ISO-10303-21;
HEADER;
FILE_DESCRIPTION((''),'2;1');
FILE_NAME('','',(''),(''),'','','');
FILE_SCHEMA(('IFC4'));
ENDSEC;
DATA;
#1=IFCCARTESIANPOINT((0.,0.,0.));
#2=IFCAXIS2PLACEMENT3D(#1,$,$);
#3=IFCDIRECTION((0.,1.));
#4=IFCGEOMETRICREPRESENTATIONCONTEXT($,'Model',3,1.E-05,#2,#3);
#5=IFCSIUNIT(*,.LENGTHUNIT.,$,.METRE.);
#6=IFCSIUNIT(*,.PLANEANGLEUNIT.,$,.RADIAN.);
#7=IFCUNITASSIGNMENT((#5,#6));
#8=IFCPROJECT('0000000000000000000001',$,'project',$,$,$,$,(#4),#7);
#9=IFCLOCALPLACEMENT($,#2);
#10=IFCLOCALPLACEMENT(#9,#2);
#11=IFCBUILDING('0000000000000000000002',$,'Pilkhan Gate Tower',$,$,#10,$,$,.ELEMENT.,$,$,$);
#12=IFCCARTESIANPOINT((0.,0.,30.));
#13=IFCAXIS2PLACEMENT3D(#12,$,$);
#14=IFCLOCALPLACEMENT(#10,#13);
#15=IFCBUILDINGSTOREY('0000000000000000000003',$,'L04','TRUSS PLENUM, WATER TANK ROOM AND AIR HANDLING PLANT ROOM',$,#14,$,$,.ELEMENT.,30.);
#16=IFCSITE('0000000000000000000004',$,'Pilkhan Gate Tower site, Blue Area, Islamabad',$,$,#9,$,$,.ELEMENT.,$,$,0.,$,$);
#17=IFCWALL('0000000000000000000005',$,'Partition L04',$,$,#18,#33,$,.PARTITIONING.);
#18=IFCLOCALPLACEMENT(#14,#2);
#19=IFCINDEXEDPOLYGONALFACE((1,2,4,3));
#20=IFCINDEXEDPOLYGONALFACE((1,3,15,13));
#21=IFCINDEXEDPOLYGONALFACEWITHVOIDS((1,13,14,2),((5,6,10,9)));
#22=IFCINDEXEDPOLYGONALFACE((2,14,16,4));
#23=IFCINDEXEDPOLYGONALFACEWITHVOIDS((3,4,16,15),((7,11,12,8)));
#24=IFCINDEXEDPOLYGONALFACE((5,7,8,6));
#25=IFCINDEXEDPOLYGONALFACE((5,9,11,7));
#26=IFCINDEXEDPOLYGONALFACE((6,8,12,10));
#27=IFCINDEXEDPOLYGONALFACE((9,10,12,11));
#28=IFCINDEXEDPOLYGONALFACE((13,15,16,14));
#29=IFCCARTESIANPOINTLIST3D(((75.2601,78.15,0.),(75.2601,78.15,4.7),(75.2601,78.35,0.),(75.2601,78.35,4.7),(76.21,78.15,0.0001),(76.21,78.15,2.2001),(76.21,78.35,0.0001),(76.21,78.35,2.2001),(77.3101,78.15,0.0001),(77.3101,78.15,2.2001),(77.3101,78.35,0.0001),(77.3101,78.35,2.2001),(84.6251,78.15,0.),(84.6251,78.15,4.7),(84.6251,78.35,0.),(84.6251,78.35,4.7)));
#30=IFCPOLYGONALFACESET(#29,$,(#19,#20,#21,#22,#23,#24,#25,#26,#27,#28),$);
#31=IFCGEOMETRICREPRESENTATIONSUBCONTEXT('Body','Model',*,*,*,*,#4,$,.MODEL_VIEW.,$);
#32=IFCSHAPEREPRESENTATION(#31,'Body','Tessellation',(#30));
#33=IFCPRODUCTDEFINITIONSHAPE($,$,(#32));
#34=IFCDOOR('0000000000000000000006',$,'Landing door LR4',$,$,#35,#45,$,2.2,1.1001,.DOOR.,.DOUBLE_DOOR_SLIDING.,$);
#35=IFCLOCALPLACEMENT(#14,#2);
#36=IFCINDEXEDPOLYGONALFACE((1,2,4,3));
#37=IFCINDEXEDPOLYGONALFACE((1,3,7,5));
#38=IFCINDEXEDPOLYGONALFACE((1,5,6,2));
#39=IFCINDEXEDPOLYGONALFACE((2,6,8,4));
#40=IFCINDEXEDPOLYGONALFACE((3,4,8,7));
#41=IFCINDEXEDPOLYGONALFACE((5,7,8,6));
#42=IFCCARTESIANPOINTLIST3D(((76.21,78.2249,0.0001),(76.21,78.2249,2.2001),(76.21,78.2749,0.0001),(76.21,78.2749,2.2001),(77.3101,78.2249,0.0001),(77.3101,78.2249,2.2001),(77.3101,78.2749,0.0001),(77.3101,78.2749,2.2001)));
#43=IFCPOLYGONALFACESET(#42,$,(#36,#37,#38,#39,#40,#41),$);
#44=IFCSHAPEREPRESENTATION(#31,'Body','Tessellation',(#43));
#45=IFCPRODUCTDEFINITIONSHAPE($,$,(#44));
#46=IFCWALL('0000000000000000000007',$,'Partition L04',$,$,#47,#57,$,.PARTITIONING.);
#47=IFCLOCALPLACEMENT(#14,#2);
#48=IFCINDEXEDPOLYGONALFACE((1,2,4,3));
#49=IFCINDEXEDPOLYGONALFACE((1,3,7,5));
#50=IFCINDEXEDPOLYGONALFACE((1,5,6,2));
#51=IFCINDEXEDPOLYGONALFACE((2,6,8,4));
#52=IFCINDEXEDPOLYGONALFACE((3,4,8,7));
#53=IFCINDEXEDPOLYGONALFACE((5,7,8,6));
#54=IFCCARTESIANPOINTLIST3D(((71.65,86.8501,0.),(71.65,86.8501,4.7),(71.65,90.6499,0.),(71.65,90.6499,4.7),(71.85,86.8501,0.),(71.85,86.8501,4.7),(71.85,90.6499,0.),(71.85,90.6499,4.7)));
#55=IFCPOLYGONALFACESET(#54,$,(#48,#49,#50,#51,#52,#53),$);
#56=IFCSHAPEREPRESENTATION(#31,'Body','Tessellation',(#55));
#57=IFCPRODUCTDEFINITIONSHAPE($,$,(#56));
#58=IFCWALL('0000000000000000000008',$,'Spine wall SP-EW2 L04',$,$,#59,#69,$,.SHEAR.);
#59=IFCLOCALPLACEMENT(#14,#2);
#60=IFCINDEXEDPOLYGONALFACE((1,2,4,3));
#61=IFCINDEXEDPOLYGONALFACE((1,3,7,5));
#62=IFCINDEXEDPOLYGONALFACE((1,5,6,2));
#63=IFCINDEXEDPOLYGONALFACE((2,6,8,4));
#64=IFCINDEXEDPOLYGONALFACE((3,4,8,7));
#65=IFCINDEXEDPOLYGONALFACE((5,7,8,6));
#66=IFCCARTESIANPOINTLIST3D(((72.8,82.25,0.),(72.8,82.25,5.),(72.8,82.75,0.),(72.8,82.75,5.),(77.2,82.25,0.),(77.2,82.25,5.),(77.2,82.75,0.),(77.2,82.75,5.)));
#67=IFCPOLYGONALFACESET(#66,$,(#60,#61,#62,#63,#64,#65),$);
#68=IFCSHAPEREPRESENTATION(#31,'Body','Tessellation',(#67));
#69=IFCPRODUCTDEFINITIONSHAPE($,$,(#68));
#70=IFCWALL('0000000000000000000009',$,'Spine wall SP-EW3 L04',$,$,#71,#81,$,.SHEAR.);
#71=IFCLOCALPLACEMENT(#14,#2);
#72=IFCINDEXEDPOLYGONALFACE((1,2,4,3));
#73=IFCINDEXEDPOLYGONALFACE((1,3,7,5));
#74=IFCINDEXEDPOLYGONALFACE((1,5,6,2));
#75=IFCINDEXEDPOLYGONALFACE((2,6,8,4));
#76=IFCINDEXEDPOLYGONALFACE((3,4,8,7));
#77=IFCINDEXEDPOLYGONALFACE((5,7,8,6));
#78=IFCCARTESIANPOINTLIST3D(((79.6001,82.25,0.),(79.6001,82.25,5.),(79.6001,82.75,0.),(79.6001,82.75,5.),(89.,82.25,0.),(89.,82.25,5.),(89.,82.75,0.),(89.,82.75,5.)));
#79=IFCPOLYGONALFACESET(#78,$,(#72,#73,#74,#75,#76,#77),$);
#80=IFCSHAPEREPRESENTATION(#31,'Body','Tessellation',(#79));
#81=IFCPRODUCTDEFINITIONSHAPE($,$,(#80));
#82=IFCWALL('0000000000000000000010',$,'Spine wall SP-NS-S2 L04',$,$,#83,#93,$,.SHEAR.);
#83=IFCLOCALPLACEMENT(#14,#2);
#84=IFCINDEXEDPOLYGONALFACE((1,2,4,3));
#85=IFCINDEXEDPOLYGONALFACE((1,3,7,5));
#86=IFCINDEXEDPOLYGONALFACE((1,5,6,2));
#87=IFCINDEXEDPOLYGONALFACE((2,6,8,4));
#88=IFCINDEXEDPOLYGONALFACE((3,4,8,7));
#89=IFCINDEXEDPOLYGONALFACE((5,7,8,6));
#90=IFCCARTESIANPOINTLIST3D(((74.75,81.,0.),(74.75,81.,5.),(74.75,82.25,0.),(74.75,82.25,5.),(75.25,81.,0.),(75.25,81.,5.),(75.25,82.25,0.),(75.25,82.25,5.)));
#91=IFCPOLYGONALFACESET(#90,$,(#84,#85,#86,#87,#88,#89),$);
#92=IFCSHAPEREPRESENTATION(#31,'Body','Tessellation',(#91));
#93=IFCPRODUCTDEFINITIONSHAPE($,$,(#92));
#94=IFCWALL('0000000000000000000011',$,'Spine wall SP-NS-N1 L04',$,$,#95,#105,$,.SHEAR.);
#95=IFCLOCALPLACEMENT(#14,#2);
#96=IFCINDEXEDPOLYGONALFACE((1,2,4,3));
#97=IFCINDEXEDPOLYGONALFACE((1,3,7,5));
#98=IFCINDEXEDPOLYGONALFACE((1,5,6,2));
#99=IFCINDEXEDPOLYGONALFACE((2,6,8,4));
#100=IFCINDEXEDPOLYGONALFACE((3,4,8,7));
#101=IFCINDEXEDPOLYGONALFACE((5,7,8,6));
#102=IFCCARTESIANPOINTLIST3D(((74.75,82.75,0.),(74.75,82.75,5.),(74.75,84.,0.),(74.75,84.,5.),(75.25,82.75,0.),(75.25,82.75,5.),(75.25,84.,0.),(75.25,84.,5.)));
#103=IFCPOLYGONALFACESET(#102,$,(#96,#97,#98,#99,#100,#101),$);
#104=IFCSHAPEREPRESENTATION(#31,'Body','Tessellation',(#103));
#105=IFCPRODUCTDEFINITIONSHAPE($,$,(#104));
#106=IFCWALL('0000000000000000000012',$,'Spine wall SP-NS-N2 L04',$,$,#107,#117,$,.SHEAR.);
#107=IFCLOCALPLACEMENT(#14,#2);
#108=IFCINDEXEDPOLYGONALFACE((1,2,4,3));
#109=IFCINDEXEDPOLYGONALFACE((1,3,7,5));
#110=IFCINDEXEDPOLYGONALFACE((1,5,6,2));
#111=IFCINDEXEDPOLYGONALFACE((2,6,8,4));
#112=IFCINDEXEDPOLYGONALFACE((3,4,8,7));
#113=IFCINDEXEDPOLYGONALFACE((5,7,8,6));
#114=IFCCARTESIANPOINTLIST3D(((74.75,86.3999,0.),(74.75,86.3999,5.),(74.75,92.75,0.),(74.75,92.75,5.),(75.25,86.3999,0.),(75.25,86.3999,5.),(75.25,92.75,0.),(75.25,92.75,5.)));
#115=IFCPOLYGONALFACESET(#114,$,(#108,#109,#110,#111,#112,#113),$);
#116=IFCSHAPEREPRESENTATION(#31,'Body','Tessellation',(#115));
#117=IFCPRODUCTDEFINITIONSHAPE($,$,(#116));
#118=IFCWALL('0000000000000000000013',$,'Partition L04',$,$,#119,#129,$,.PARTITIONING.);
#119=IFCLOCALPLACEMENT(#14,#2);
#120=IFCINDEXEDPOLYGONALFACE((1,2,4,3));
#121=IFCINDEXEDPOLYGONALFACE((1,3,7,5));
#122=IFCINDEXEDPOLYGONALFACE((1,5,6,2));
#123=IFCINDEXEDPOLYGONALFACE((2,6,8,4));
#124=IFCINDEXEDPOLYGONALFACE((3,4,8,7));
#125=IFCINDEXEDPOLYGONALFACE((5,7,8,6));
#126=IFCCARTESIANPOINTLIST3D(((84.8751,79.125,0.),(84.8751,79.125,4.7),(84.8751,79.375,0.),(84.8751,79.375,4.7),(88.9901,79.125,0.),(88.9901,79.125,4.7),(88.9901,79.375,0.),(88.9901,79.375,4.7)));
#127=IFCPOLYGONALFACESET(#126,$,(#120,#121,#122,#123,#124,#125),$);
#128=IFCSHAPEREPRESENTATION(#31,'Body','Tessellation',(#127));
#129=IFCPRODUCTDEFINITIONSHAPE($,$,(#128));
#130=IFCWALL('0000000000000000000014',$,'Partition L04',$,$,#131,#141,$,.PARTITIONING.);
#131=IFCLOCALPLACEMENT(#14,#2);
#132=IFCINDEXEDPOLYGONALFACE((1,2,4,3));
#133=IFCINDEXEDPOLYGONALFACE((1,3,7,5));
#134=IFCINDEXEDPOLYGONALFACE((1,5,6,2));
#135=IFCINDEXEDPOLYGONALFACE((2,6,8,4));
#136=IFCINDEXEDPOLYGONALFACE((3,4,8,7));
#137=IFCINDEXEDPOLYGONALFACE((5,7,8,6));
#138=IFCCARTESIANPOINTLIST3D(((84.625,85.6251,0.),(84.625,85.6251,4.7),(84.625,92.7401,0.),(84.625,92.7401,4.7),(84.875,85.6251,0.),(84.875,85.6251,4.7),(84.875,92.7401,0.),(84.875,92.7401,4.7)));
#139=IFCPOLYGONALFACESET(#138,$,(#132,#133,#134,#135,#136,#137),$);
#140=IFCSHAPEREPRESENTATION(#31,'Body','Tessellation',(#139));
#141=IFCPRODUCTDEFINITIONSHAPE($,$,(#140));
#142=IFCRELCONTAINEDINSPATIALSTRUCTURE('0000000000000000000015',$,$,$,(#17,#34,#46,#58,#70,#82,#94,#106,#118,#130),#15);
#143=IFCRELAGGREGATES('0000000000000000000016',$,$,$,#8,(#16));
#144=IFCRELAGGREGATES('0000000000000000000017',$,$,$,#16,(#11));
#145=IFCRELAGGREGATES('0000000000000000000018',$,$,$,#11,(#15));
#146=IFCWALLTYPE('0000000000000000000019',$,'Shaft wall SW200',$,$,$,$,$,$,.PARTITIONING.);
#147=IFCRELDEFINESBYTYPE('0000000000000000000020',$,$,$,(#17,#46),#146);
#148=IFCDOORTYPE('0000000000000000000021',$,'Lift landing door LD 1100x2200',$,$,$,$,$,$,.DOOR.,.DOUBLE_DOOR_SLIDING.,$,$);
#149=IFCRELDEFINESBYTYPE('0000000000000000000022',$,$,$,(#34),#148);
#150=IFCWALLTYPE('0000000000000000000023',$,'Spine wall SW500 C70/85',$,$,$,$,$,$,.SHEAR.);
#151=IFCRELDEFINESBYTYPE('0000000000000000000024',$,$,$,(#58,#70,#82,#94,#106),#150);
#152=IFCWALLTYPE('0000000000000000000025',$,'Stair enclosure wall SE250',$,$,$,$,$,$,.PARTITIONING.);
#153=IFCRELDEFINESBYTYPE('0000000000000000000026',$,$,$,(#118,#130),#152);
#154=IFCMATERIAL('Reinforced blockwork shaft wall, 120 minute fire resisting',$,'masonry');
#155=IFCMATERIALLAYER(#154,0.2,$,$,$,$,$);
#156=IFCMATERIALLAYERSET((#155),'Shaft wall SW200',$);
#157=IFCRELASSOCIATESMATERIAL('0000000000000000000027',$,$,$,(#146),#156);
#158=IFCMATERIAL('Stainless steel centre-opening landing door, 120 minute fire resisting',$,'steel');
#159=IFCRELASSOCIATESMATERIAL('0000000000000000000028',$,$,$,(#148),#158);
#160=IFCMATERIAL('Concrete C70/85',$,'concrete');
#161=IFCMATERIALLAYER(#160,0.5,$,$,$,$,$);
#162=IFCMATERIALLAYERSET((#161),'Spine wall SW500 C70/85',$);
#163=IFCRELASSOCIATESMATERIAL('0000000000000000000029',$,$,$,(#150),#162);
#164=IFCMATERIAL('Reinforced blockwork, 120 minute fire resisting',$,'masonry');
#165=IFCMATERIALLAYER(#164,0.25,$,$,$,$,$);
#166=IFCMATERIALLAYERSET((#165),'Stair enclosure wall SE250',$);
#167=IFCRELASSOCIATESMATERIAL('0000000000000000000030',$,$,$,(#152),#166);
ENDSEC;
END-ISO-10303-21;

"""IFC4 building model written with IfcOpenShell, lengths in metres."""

from ifc_helpers import new_model, si_unit, direction, frame, frame_2d, origin, place, context, subcontext, project, spatial, rectangle, extrude, material, layer, layer_set, type_object, element, fill, save


model = new_model("IFC4")

# Units and contexts
model_context = context("Model", 3, precision=1e-05, world=origin(), true_north=direction((0.0, 1.0)))
body_context = subcontext(model_context, "Body", "Model", "MODEL_VIEW")
ifc_project = project(units=[si_unit("LENGTHUNIT", "METRE"), si_unit("PLANEANGLEUNIT", "RADIAN")], contexts=[model_context])

# Site, building, storey
site_placement = place(None, origin())
site = spatial("IfcSite", under=ifc_project, at=site_placement, Name="Pilkhan Gate Tower site, Blue Area, Islamabad", CompositionType="ELEMENT", RefElevation=0.0)
building_placement = place(site_placement, origin())
building = spatial("IfcBuilding", under=site, at=building_placement, Name="Pilkhan Gate Tower", CompositionType="ELEMENT")
storey_placement = place(building_placement, frame((0.0, 0.0, 30.0)))
storey = spatial("IfcBuildingStorey", under=building, at=storey_placement, Name="L04", Description="TRUSS PLENUM, WATER TANK ROOM AND AIR HANDLING PLANT ROOM", CompositionType="ELEMENT", Elevation=30.0)

# Shared definitions
ifc_material_1 = material(Name="Concrete C70/85", Category="concrete")

# Wall, opening, door
ifc_material_2 = material(Name="Reinforced blockwork shaft wall, 120 minute fire resisting", Category="masonry")
ifc_layer_1 = layer(ifc_material_2, 0.2)
ifc_layer_set_1 = layer_set([ifc_layer_1], Name="Shaft wall SW200")
wall_type_1 = type_object("IfcWallType", Name="Shaft wall SW200", PredefinedType="PARTITIONING", material=ifc_layer_set_1)
wall_1_placement = place(storey_placement, frame((75.26, 78.25, 0.0), z_axis=(0.0, 0.0, 1.0), x_axis=(1.0, 0.0, 0.0)))
wall_1 = element("IfcWall", 1, at=wall_1_placement, inside=storey, type_object=wall_type_1, Name="Partition L04", PredefinedType="PARTITIONING", context=body_context, shape_type="SweptSolid", body=[
    extrude(rectangle(XDim=9.365, YDim=0.2, at=frame_2d((4.6826, 0.0))), origin(), (0.0, 0.0, 1.0), 4.7),
])
opening_1_placement = place(wall_1_placement, frame((0.95, 0.0, 0.0)))
opening_1 = element("IfcOpeningElement", 2, at=opening_1_placement, cuts=wall_1, PredefinedType="OPENING", context=body_context, shape_type="SweptSolid", body=[
    extrude(rectangle(XDim=1.1001, YDim=2.2, at=frame_2d((0.55, 1.1001))), frame((0.0, 0.1099, 0.0), z_axis=(0.0, -1.0, 0.0), x_axis=(1.0, 0.0, 0.0)), (0.0, 0.0, 1.0), 0.22),
])
ifc_material_3 = material(Name="Stainless steel centre-opening landing door, 120 minute fire resisting", Category="steel")
door_type_1 = type_object("IfcDoorType", Name="Lift landing door LD 1100x2200", OperationType="DOUBLE_DOOR_SLIDING", PredefinedType="DOOR", material=ifc_material_3)
door_1_placement = place(opening_1_placement, origin())
door_1 = element("IfcDoor", 3, at=door_1_placement, inside=storey, type_object=door_type_1, Name="Landing door LR4", OperationType="DOUBLE_DOOR_SLIDING", OverallHeight=2.2, OverallWidth=1.1001, PredefinedType="DOOR", context=body_context, shape_type="SweptSolid", body=[
    extrude(rectangle(XDim=1.1001, YDim=2.2, at=frame_2d((0.55, 1.1001))), frame((0.0, 0.0249, 0.0), z_axis=(0.0, -1.0, 0.0), x_axis=(1.0, 0.0, 0.0)), (0.0, 0.0, 1.0), 0.05),
])
fill(opening_1, door_1)

# Walls
wall_2_placement = place(storey_placement, frame((71.75, 86.8501, 0.0), z_axis=(0.0, 0.0, 1.0), x_axis=(0.0, 1.0, 0.0)))
element("IfcWall", 4, at=wall_2_placement, inside=storey, type_object=wall_type_1, Name="Partition L04", PredefinedType="PARTITIONING", context=body_context, shape_type="SweptSolid", body=[
    extrude(rectangle(XDim=3.7998, YDim=0.2, at=frame_2d((1.8999, 0.0))), origin(), (0.0, 0.0, 1.0), 4.7),
])
ifc_layer_2 = layer(ifc_material_1, 0.5)
ifc_layer_set_2 = layer_set([ifc_layer_2], Name="Spine wall SW500 C70/85")
wall_type_2 = type_object("IfcWallType", Name="Spine wall SW500 C70/85", PredefinedType="SHEAR", material=ifc_layer_set_2)
wall_3_placement = place(storey_placement, frame((72.8, 82.5, 0.0), z_axis=(0.0, 0.0, 1.0), x_axis=(1.0, 0.0, 0.0)))
element("IfcWall", 5, at=wall_3_placement, inside=storey, type_object=wall_type_2, Name="Spine wall SP-EW2 L04", PredefinedType="SHEAR", context=body_context, shape_type="SweptSolid", body=[
    extrude(rectangle(XDim=4.3999, YDim=0.5, at=frame_2d((2.2, 0.0))), origin(), (0.0, 0.0, 1.0), 5.0),
])
wall_4_placement = place(storey_placement, frame((79.6001, 82.5, 0.0), z_axis=(0.0, 0.0, 1.0), x_axis=(1.0, 0.0, 0.0)))
element("IfcWall", 6, at=wall_4_placement, inside=storey, type_object=wall_type_2, Name="Spine wall SP-EW3 L04", PredefinedType="SHEAR", context=body_context, shape_type="SweptSolid", body=[
    extrude(rectangle(XDim=9.3999, YDim=0.5, at=frame_2d((4.7, 0.0))), origin(), (0.0, 0.0, 1.0), 5.0),
])
for number, where, z_axis, x_axis, name in (
    (7, (75.0, 81.0, 0.0), (0.0, 0.0, 1.0), (0.0, 1.0, 0.0), "Spine wall SP-NS-S2 L04"),
    (8, (75.0, 82.75, 0.0), (0.0, 0.0, 1.0), (0.0, 1.0, 0.0), "Spine wall SP-NS-N1 L04"),
):
    element("IfcWall", number, at=place(storey_placement, frame(where, z_axis=z_axis, x_axis=x_axis)), inside=storey, type_object=wall_type_2, Name=name, PredefinedType="SHEAR", context=body_context, shape_type="SweptSolid", body=[
        extrude(rectangle(XDim=1.25, YDim=0.5, at=frame_2d((0.625, 0.0))), origin(), (0.0, 0.0, 1.0), 5.0),
    ])
wall_5_placement = place(storey_placement, frame((75.0, 86.3999, 0.0), z_axis=(0.0, 0.0, 1.0), x_axis=(0.0, 1.0, 0.0)))
element("IfcWall", 9, at=wall_5_placement, inside=storey, type_object=wall_type_2, Name="Spine wall SP-NS-N2 L04", PredefinedType="SHEAR", context=body_context, shape_type="SweptSolid", body=[
    extrude(rectangle(XDim=6.3501, YDim=0.5, at=frame_2d((3.175, 0.0))), origin(), (0.0, 0.0, 1.0), 5.0),
])
ifc_material_4 = material(Name="Reinforced blockwork, 120 minute fire resisting", Category="masonry")
ifc_layer_3 = layer(ifc_material_4, 0.25)
ifc_layer_set_3 = layer_set([ifc_layer_3], Name="Stair enclosure wall SE250")
wall_type_3 = type_object("IfcWallType", Name="Stair enclosure wall SE250", PredefinedType="PARTITIONING", material=ifc_layer_set_3)
wall_6_placement = place(storey_placement, frame((84.875, 79.25, 0.0), z_axis=(0.0, 0.0, 1.0), x_axis=(1.0, 0.0, 0.0)))
element("IfcWall", 10, at=wall_6_placement, inside=storey, type_object=wall_type_3, Name="Partition L04", PredefinedType="PARTITIONING", context=body_context, shape_type="SweptSolid", body=[
    extrude(rectangle(XDim=4.115, YDim=0.25, at=frame_2d((2.0576, 0.0))), origin(), (0.0, 0.0, 1.0), 4.7),
])
wall_7_placement = place(storey_placement, frame((84.75, 85.625, 0.0), z_axis=(0.0, 0.0, 1.0), x_axis=(0.0, 1.0, 0.0)))
element("IfcWall", 11, at=wall_7_placement, inside=storey, type_object=wall_type_3, Name="Partition L04", PredefinedType="PARTITIONING", context=body_context, shape_type="SweptSolid", body=[
    extrude(rectangle(XDim=7.115, YDim=0.25, at=frame_2d((3.5576, 0.0))), origin(), (0.0, 0.0, 1.0), 4.7),
])

save(model, "model.ifc")
